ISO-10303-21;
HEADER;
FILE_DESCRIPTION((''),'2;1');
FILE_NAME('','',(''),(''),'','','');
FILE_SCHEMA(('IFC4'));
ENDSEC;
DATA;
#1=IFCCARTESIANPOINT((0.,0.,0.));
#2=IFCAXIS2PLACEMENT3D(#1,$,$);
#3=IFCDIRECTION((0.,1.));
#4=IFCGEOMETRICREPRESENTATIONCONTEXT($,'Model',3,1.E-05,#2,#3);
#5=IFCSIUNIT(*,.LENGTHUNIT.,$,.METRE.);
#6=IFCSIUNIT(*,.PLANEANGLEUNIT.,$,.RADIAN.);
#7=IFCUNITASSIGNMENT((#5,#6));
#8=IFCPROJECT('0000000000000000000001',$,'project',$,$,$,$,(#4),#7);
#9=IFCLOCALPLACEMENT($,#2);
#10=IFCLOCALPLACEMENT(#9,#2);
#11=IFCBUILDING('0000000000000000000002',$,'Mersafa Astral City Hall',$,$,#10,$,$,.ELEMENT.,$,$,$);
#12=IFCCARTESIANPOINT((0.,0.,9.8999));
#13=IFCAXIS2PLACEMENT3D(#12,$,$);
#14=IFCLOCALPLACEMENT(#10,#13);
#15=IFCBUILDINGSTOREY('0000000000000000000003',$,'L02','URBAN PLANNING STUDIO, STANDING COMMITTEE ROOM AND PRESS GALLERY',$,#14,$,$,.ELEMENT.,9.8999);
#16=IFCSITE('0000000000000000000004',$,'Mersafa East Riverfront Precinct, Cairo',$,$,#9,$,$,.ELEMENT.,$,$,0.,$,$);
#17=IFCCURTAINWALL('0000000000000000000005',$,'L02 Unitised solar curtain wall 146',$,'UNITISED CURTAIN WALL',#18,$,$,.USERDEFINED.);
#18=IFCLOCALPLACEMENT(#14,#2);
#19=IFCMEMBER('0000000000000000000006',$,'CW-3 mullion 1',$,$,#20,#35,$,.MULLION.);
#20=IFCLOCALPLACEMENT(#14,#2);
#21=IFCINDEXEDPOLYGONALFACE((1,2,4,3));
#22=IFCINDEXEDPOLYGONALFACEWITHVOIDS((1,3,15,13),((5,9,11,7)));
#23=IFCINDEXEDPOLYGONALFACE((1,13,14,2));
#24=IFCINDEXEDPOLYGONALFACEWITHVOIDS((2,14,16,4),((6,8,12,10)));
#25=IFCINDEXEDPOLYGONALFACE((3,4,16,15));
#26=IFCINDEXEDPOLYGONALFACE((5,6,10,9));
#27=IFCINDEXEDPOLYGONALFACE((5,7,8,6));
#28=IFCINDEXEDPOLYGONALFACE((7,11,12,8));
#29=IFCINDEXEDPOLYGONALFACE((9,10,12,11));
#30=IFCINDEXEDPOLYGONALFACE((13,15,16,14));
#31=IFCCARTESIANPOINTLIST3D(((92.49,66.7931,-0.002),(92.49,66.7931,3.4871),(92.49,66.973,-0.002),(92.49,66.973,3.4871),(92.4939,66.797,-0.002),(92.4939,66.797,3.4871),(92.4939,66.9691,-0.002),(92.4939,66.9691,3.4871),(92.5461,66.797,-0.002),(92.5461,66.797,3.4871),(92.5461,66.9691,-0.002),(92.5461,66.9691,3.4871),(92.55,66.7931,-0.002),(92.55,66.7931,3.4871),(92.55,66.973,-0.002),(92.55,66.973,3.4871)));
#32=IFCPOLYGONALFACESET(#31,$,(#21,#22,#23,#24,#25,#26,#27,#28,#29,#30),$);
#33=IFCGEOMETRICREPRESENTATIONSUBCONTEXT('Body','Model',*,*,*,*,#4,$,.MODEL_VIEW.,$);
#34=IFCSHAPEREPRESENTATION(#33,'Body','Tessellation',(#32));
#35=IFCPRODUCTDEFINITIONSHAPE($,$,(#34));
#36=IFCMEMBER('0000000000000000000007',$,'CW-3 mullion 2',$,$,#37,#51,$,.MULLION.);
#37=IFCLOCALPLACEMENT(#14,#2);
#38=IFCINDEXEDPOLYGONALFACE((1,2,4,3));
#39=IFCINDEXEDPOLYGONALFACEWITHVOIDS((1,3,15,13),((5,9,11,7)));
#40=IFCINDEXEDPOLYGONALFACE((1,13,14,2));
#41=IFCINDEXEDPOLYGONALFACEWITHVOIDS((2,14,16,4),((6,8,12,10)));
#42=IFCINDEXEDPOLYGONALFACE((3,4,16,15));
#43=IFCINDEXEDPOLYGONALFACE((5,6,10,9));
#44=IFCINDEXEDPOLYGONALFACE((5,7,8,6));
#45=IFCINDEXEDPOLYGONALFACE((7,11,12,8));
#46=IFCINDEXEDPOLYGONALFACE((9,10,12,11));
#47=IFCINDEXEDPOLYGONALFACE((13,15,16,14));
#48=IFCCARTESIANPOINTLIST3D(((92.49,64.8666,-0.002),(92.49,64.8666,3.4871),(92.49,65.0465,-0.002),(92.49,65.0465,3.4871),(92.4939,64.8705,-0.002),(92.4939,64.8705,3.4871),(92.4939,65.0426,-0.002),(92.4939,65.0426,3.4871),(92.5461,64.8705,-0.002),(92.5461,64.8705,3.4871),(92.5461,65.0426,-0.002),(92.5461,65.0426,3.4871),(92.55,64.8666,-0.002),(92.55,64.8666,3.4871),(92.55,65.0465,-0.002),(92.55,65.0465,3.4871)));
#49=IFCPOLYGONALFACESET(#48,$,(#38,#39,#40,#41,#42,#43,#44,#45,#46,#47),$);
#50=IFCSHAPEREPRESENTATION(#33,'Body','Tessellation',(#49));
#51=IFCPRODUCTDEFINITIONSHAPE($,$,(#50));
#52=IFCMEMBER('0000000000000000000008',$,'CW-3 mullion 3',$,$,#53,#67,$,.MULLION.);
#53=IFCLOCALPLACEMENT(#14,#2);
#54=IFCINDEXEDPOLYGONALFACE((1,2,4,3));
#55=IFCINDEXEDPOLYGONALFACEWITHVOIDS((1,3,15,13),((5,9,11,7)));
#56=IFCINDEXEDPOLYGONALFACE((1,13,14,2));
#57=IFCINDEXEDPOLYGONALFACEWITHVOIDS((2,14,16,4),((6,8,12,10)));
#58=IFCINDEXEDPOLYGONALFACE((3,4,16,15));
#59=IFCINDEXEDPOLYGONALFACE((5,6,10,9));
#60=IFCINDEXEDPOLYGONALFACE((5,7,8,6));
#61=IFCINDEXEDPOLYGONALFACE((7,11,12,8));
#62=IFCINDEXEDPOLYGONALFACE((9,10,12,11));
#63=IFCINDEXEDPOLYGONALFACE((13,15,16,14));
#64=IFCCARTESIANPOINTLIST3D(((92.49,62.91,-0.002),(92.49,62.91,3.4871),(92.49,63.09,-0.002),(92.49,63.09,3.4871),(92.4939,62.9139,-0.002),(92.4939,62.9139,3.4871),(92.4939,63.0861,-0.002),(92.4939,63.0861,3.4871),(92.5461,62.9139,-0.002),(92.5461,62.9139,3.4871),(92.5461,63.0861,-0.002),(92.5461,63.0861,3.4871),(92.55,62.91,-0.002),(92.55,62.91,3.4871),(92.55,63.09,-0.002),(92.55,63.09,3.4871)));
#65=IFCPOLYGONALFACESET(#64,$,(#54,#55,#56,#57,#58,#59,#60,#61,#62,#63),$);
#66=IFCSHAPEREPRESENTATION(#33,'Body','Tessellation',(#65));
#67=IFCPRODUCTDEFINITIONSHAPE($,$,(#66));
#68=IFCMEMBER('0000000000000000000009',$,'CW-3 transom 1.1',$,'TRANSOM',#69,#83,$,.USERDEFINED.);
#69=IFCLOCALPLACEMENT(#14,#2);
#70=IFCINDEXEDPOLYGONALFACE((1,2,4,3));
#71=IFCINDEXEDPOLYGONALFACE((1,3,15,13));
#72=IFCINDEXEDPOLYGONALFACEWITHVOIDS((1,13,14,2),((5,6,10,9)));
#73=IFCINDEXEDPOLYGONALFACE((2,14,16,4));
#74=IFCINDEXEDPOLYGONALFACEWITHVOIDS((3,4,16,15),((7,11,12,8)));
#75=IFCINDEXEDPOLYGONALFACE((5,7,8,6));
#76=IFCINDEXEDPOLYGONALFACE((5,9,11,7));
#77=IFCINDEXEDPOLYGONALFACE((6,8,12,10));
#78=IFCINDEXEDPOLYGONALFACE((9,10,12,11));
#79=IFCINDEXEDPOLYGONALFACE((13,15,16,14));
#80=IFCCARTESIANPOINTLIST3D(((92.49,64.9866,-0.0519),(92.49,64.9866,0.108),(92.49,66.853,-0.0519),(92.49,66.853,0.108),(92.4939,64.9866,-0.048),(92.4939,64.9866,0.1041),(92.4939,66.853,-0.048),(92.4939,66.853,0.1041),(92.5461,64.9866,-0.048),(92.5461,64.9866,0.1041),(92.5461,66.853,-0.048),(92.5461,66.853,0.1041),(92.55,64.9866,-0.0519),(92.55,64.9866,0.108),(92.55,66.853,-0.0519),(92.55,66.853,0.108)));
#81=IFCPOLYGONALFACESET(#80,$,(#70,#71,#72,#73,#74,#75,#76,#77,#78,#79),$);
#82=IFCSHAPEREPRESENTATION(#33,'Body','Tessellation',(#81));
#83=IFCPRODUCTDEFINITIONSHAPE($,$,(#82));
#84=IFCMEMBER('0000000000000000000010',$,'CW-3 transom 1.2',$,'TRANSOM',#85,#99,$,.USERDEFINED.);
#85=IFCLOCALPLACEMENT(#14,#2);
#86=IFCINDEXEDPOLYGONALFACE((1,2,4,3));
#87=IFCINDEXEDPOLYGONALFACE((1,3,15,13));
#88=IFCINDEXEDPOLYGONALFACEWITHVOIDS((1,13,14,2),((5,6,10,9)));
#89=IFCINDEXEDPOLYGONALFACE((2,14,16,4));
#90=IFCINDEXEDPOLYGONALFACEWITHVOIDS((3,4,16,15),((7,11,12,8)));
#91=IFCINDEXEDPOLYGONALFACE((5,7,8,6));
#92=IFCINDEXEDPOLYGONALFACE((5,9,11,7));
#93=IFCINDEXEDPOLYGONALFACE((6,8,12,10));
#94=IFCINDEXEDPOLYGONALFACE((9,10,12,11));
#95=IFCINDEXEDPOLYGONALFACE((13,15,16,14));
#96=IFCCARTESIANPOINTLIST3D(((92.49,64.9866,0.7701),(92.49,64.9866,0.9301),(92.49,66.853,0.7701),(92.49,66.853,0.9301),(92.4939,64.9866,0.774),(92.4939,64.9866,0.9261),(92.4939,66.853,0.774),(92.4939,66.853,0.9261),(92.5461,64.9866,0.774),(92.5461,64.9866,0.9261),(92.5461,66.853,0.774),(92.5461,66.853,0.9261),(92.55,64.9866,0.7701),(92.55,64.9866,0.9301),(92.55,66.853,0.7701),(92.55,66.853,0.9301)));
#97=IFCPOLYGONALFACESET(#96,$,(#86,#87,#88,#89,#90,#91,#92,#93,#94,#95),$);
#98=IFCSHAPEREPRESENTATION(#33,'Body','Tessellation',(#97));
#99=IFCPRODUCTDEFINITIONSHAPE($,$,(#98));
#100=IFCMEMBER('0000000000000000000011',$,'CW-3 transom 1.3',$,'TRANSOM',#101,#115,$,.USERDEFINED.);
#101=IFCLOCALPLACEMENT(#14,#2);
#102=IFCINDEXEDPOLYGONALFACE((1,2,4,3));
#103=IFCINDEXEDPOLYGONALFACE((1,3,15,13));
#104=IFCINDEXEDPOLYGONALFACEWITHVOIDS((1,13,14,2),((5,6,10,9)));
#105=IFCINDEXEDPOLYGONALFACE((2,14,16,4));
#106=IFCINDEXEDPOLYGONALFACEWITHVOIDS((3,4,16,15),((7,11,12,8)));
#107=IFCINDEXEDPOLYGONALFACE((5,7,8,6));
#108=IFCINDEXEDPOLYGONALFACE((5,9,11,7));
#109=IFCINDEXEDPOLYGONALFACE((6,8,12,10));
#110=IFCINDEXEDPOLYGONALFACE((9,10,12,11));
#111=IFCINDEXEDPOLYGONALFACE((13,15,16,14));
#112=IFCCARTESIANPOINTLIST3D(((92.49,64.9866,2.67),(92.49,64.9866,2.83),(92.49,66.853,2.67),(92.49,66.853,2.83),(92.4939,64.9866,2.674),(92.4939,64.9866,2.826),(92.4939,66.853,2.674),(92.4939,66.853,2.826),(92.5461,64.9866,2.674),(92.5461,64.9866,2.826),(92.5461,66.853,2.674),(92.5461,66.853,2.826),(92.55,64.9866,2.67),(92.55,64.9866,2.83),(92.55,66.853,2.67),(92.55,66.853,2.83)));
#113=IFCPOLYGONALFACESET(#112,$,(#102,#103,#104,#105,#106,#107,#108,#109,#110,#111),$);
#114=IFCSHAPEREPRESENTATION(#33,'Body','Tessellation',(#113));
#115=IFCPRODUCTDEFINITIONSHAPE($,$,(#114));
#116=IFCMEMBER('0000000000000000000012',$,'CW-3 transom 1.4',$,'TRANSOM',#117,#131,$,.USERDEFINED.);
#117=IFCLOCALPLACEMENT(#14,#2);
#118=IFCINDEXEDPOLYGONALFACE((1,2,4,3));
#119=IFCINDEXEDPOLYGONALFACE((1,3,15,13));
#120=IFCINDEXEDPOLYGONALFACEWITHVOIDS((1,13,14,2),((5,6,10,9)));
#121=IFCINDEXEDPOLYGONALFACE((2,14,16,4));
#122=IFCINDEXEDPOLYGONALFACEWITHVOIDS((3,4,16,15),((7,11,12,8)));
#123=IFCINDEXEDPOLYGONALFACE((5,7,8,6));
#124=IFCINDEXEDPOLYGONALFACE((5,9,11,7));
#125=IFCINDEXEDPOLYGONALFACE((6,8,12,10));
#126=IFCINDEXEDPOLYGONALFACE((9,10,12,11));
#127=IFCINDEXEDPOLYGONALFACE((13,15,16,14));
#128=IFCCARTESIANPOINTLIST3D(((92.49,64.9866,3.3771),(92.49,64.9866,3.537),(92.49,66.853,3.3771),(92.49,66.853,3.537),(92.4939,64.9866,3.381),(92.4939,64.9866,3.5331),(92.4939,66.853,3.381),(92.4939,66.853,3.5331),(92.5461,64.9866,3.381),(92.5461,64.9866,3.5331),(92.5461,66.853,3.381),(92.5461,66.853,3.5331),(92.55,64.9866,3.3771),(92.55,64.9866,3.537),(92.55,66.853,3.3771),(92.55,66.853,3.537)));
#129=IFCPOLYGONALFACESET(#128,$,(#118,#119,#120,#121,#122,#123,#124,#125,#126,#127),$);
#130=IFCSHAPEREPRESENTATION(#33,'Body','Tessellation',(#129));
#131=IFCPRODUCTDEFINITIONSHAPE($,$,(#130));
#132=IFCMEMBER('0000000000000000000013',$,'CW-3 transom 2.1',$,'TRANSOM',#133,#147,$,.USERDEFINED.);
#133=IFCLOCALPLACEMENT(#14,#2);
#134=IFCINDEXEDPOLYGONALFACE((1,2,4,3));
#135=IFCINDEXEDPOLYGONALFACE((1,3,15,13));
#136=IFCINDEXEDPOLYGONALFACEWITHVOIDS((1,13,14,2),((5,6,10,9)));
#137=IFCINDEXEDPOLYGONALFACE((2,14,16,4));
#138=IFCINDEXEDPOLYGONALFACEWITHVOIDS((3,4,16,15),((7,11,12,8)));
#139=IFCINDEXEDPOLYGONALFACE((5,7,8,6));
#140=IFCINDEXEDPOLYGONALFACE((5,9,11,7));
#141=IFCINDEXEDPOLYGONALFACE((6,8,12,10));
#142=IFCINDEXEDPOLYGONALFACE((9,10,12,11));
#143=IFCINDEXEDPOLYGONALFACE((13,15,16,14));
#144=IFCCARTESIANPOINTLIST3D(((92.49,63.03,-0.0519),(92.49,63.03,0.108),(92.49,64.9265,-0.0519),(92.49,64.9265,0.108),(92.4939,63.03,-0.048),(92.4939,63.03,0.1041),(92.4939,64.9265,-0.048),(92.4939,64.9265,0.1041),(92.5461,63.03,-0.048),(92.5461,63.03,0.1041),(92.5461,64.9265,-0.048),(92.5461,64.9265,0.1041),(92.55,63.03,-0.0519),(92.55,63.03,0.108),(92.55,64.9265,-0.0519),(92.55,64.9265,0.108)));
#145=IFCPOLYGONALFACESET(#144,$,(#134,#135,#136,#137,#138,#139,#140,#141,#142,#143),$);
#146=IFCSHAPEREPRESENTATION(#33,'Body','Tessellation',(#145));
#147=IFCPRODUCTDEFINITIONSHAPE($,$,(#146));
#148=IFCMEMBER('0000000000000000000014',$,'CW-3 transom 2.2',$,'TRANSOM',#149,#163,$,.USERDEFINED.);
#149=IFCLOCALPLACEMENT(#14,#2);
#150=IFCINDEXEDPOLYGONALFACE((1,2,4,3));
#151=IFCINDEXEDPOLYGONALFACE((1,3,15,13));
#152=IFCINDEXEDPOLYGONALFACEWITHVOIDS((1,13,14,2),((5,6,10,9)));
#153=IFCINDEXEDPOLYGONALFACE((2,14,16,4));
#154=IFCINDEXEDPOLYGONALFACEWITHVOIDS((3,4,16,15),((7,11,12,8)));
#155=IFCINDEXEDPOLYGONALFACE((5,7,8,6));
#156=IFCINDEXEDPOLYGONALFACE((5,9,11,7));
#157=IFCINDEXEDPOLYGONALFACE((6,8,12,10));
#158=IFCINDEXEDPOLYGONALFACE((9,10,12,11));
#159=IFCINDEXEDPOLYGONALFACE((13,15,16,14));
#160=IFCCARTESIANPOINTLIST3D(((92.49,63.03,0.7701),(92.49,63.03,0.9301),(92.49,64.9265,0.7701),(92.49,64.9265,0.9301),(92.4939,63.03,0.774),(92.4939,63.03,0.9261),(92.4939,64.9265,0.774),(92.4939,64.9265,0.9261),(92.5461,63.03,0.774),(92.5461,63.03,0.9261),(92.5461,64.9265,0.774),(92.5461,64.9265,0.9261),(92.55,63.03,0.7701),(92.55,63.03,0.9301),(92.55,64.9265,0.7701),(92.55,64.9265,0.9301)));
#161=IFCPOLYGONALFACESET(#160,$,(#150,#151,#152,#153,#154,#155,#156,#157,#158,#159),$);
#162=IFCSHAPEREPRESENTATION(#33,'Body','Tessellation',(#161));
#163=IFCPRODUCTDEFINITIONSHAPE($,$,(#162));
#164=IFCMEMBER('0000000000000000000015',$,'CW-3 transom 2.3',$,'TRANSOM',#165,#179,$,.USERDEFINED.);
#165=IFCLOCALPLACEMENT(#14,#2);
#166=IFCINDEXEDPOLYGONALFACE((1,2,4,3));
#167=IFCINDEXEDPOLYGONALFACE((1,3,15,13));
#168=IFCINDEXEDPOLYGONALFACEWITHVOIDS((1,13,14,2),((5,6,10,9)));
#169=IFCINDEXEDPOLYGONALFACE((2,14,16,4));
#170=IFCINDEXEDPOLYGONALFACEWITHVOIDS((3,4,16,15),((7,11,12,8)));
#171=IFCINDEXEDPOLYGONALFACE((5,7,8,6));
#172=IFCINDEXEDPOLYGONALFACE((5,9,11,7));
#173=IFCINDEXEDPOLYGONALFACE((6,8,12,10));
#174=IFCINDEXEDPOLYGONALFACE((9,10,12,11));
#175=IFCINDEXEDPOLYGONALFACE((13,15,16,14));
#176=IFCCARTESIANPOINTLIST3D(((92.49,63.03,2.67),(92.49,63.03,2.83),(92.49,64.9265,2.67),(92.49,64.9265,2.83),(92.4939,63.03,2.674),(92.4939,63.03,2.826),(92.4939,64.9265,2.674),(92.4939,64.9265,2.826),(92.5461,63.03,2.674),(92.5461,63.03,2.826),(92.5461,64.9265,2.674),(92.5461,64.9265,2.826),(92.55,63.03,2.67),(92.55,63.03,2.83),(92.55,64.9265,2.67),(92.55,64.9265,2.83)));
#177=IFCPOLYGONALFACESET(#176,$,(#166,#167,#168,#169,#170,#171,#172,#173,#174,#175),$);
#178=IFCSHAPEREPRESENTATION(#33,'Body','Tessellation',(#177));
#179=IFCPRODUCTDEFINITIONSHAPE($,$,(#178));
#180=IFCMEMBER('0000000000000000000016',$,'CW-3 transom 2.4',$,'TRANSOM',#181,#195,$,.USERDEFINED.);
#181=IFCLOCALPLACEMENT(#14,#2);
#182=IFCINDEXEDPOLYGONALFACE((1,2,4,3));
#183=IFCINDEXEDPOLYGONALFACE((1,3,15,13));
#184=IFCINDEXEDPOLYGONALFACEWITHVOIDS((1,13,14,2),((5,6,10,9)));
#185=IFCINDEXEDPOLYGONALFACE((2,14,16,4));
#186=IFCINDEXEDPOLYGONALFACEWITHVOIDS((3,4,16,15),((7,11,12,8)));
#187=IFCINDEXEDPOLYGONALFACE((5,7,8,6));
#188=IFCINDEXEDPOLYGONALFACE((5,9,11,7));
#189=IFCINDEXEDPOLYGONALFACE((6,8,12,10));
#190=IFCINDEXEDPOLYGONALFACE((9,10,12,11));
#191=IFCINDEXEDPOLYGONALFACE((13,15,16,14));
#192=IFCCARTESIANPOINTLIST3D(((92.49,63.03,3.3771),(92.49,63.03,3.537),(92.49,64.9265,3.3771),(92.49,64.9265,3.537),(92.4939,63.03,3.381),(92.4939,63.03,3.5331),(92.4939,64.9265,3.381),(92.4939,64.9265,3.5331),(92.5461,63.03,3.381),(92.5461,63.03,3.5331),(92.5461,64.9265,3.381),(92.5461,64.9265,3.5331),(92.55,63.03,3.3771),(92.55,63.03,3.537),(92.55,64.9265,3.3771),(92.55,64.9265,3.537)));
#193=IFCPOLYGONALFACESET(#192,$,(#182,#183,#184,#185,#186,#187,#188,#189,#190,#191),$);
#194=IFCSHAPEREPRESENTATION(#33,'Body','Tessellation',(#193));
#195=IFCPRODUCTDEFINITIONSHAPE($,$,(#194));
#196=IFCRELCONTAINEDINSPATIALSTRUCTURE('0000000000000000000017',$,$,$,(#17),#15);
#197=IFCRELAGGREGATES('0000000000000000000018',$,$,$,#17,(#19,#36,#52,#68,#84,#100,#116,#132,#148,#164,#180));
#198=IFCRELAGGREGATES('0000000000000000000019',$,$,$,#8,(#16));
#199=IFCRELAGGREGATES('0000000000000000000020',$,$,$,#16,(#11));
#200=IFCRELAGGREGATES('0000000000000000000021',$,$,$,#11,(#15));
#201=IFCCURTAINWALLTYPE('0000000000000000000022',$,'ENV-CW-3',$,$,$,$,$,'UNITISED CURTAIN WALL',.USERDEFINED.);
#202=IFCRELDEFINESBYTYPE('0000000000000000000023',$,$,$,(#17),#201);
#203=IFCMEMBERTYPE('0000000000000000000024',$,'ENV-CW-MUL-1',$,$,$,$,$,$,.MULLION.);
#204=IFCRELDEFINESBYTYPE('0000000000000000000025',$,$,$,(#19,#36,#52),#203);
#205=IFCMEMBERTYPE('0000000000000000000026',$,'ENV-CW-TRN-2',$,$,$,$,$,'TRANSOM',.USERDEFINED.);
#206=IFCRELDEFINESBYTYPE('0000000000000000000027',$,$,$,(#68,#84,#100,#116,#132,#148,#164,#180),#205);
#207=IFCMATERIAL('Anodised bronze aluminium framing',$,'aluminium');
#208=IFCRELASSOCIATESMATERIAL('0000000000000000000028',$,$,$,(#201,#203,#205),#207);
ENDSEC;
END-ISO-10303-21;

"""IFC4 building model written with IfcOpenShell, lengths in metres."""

from ifc_helpers import new_model, si_unit, direction, frame, origin, origin_2d, place, context, subcontext, project, spatial, hollow_rectangle, extrude, material, material_profile, profile_set, type_object, element, aggregate, save


model = new_model("IFC4")

# Units and contexts
model_context = context("Model", 3, precision=1e-05, world=origin(), true_north=direction((0.0, 1.0)))
body_context = subcontext(model_context, "Body", "Model", "MODEL_VIEW")
ifc_project = project(units=[si_unit("LENGTHUNIT", "METRE"), si_unit("PLANEANGLEUNIT", "RADIAN")], contexts=[model_context])

# Site, building, storey
site_placement = place(None, origin())
site = spatial("IfcSite", under=ifc_project, at=site_placement, Name="Mersafa East Riverfront Precinct, Cairo", CompositionType="ELEMENT", RefElevation=0.0)
building_placement = place(site_placement, origin())
building = spatial("IfcBuilding", under=site, at=building_placement, Name="Mersafa Astral City Hall", CompositionType="ELEMENT")
storey_placement = place(building_placement, frame((0.0, 0.0, 9.8999)))
storey = spatial("IfcBuildingStorey", under=building, at=storey_placement, Name="L02", Description="URBAN PLANNING STUDIO, STANDING COMMITTEE ROOM AND PRESS GALLERY", CompositionType="ELEMENT", Elevation=9.8999)

# Curtain wall, members
ifc_material_1 = material(Name="Anodised bronze aluminium framing", Category="aluminium")
curtain_wall_type = type_object("IfcCurtainWallType", Name="ENV-CW-3", ElementType="UNITISED CURTAIN WALL", PredefinedType="USERDEFINED", material=ifc_material_1)
curtain_wall_placement = place(storey_placement, origin())
curtain_wall = element("IfcCurtainWall", 1, at=curtain_wall_placement, inside=storey, type_object=curtain_wall_type, Name="L02 Unitised solar curtain wall 146", ObjectType="UNITISED CURTAIN WALL", PredefinedType="USERDEFINED")
ifc_material_profile_1 = material_profile(ifc_material_1, hollow_rectangle(XDim=0.0601, YDim=0.1799, WallThickness=0.0039, at=origin_2d()), Name="RHS 60x180x4")
ifc_profile_set_1 = profile_set([ifc_material_profile_1], Name="Anodised bronze aluminium framing")
member_type_1 = type_object("IfcMemberType", Name="ENV-CW-MUL-1", PredefinedType="MULLION", material=ifc_profile_set_1)
member_1_placement = place(storey_placement, frame((92.52, 66.8831, -0.002), z_axis=(0.0, 0.0, 1.0), x_axis=(1.0, 0.0, 0.0)))
member_1 = element("IfcMember", 2, at=member_1_placement, type_object=member_type_1, Name="CW-3 mullion 1", PredefinedType="MULLION", context=body_context, shape_type="SweptSolid", body=[
    extrude(hollow_rectangle(XDim=0.0601, YDim=0.1799, WallThickness=0.0039, at=origin_2d()), origin(), (0.0, 0.0, 1.0), 3.489),
])
member_2_placement = place(storey_placement, frame((92.52, 64.9565, -0.002), z_axis=(0.0, 0.0, 1.0), x_axis=(1.0, 0.0, 0.0)))
member_2 = element("IfcMember", 3, at=member_2_placement, type_object=member_type_1, Name="CW-3 mullion 2", PredefinedType="MULLION", context=body_context, shape_type="SweptSolid", body=[
    extrude(hollow_rectangle(XDim=0.0601, YDim=0.1799, WallThickness=0.0039, at=origin_2d()), origin(), (0.0, 0.0, 1.0), 3.489),
])
member_3_placement = place(storey_placement, frame((92.52, 63.0, -0.002), z_axis=(0.0, 0.0, 1.0), x_axis=(1.0, 0.0, 0.0)))
member_3 = element("IfcMember", 4, at=member_3_placement, type_object=member_type_1, Name="CW-3 mullion 3", PredefinedType="MULLION", context=body_context, shape_type="SweptSolid", body=[
    extrude(hollow_rectangle(XDim=0.0601, YDim=0.1799, WallThickness=0.0039, at=origin_2d()), origin(), (0.0, 0.0, 1.0), 3.489),
])
ifc_material_profile_2 = material_profile(ifc_material_1, hollow_rectangle(XDim=0.0601, YDim=0.1599, WallThickness=0.0039, at=origin_2d()), Name="RHS 60x160x4")
ifc_profile_set_2 = profile_set([ifc_material_profile_2], Name="Anodised bronze aluminium framing")
member_type_2 = type_object("IfcMemberType", Name="ENV-CW-TRN-2", ElementType="TRANSOM", PredefinedType="USERDEFINED", material=ifc_profile_set_2)
member_4_placement = place(storey_placement, frame((92.52, 66.853, 0.0281), z_axis=(0.0, -1.0, 0.0), x_axis=(1.0, 0.0, 0.0)))
member_4 = element("IfcMember", 5, at=member_4_placement, type_object=member_type_2, Name="CW-3 transom 1.1", ObjectType="TRANSOM", PredefinedType="USERDEFINED", context=body_context, shape_type="SweptSolid", body=[
    extrude(hollow_rectangle(XDim=0.0601, YDim=0.1599, WallThickness=0.0039, at=origin_2d()), origin(), (0.0, 0.0, 1.0), 1.8665),
])
member_5_placement = place(storey_placement, frame((92.52, 66.853, 0.8501), z_axis=(0.0, -1.0, 0.0), x_axis=(1.0, 0.0, 0.0)))
member_5 = element("IfcMember", 6, at=member_5_placement, type_object=member_type_2, Name="CW-3 transom 1.2", ObjectType="TRANSOM", PredefinedType="USERDEFINED", context=body_context, shape_type="SweptSolid", body=[
    extrude(hollow_rectangle(XDim=0.0601, YDim=0.1599, WallThickness=0.0039, at=origin_2d()), origin(), (0.0, 0.0, 1.0), 1.8665),
])
member_6_placement = place(storey_placement, frame((92.52, 66.853, 2.75), z_axis=(0.0, -1.0, 0.0), x_axis=(1.0, 0.0, 0.0)))
member_6 = element("IfcMember", 7, at=member_6_placement, type_object=member_type_2, Name="CW-3 transom 1.3", ObjectType="TRANSOM", PredefinedType="USERDEFINED", context=body_context, shape_type="SweptSolid", body=[
    extrude(hollow_rectangle(XDim=0.0601, YDim=0.1599, WallThickness=0.0039, at=origin_2d()), origin(), (0.0, 0.0, 1.0), 1.8665),
])
member_7_placement = place(storey_placement, frame((92.52, 66.853, 3.457), z_axis=(0.0, -1.0, 0.0), x_axis=(1.0, 0.0, 0.0)))
member_7 = element("IfcMember", 8, at=member_7_placement, type_object=member_type_2, Name="CW-3 transom 1.4", ObjectType="TRANSOM", PredefinedType="USERDEFINED", context=body_context, shape_type="SweptSolid", body=[
    extrude(hollow_rectangle(XDim=0.0601, YDim=0.1599, WallThickness=0.0039, at=origin_2d()), origin(), (0.0, 0.0, 1.0), 1.8665),
])
member_8_placement = place(storey_placement, frame((92.52, 64.9265, 0.0281), z_axis=(0.0, -1.0, 0.0), x_axis=(1.0, 0.0, 0.0)))
member_8 = element("IfcMember", 9, at=member_8_placement, type_object=member_type_2, Name="CW-3 transom 2.1", ObjectType="TRANSOM", PredefinedType="USERDEFINED", context=body_context, shape_type="SweptSolid", body=[
    extrude(hollow_rectangle(XDim=0.0601, YDim=0.1599, WallThickness=0.0039, at=origin_2d()), origin(), (0.0, 0.0, 1.0), 1.8965),
])
member_9_placement = place(storey_placement, frame((92.52, 64.9265, 0.8501), z_axis=(0.0, -1.0, 0.0), x_axis=(1.0, 0.0, 0.0)))
member_9 = element("IfcMember", 10, at=member_9_placement, type_object=member_type_2, Name="CW-3 transom 2.2", ObjectType="TRANSOM", PredefinedType="USERDEFINED", context=body_context, shape_type="SweptSolid", body=[
    extrude(hollow_rectangle(XDim=0.0601, YDim=0.1599, WallThickness=0.0039, at=origin_2d()), origin(), (0.0, 0.0, 1.0), 1.8965),
])
member_10_placement = place(storey_placement, frame((92.52, 64.9265, 2.75), z_axis=(0.0, -1.0, 0.0), x_axis=(1.0, 0.0, 0.0)))
member_10 = element("IfcMember", 11, at=member_10_placement, type_object=member_type_2, Name="CW-3 transom 2.3", ObjectType="TRANSOM", PredefinedType="USERDEFINED", context=body_context, shape_type="SweptSolid", body=[
    extrude(hollow_rectangle(XDim=0.0601, YDim=0.1599, WallThickness=0.0039, at=origin_2d()), origin(), (0.0, 0.0, 1.0), 1.8965),
])
member_11_placement = place(storey_placement, frame((92.52, 64.9265, 3.457), z_axis=(0.0, -1.0, 0.0), x_axis=(1.0, 0.0, 0.0)))
member_11 = element("IfcMember", 12, at=member_11_placement, type_object=member_type_2, Name="CW-3 transom 2.4", ObjectType="TRANSOM", PredefinedType="USERDEFINED", context=body_context, shape_type="SweptSolid", body=[
    extrude(hollow_rectangle(XDim=0.0601, YDim=0.1599, WallThickness=0.0039, at=origin_2d()), origin(), (0.0, 0.0, 1.0), 1.8965),
])

aggregate(curtain_wall, [member_1, member_2, member_3, member_4, member_5, member_6, member_7, member_8, member_9, member_10, member_11])

save(model, "model.ifc")
